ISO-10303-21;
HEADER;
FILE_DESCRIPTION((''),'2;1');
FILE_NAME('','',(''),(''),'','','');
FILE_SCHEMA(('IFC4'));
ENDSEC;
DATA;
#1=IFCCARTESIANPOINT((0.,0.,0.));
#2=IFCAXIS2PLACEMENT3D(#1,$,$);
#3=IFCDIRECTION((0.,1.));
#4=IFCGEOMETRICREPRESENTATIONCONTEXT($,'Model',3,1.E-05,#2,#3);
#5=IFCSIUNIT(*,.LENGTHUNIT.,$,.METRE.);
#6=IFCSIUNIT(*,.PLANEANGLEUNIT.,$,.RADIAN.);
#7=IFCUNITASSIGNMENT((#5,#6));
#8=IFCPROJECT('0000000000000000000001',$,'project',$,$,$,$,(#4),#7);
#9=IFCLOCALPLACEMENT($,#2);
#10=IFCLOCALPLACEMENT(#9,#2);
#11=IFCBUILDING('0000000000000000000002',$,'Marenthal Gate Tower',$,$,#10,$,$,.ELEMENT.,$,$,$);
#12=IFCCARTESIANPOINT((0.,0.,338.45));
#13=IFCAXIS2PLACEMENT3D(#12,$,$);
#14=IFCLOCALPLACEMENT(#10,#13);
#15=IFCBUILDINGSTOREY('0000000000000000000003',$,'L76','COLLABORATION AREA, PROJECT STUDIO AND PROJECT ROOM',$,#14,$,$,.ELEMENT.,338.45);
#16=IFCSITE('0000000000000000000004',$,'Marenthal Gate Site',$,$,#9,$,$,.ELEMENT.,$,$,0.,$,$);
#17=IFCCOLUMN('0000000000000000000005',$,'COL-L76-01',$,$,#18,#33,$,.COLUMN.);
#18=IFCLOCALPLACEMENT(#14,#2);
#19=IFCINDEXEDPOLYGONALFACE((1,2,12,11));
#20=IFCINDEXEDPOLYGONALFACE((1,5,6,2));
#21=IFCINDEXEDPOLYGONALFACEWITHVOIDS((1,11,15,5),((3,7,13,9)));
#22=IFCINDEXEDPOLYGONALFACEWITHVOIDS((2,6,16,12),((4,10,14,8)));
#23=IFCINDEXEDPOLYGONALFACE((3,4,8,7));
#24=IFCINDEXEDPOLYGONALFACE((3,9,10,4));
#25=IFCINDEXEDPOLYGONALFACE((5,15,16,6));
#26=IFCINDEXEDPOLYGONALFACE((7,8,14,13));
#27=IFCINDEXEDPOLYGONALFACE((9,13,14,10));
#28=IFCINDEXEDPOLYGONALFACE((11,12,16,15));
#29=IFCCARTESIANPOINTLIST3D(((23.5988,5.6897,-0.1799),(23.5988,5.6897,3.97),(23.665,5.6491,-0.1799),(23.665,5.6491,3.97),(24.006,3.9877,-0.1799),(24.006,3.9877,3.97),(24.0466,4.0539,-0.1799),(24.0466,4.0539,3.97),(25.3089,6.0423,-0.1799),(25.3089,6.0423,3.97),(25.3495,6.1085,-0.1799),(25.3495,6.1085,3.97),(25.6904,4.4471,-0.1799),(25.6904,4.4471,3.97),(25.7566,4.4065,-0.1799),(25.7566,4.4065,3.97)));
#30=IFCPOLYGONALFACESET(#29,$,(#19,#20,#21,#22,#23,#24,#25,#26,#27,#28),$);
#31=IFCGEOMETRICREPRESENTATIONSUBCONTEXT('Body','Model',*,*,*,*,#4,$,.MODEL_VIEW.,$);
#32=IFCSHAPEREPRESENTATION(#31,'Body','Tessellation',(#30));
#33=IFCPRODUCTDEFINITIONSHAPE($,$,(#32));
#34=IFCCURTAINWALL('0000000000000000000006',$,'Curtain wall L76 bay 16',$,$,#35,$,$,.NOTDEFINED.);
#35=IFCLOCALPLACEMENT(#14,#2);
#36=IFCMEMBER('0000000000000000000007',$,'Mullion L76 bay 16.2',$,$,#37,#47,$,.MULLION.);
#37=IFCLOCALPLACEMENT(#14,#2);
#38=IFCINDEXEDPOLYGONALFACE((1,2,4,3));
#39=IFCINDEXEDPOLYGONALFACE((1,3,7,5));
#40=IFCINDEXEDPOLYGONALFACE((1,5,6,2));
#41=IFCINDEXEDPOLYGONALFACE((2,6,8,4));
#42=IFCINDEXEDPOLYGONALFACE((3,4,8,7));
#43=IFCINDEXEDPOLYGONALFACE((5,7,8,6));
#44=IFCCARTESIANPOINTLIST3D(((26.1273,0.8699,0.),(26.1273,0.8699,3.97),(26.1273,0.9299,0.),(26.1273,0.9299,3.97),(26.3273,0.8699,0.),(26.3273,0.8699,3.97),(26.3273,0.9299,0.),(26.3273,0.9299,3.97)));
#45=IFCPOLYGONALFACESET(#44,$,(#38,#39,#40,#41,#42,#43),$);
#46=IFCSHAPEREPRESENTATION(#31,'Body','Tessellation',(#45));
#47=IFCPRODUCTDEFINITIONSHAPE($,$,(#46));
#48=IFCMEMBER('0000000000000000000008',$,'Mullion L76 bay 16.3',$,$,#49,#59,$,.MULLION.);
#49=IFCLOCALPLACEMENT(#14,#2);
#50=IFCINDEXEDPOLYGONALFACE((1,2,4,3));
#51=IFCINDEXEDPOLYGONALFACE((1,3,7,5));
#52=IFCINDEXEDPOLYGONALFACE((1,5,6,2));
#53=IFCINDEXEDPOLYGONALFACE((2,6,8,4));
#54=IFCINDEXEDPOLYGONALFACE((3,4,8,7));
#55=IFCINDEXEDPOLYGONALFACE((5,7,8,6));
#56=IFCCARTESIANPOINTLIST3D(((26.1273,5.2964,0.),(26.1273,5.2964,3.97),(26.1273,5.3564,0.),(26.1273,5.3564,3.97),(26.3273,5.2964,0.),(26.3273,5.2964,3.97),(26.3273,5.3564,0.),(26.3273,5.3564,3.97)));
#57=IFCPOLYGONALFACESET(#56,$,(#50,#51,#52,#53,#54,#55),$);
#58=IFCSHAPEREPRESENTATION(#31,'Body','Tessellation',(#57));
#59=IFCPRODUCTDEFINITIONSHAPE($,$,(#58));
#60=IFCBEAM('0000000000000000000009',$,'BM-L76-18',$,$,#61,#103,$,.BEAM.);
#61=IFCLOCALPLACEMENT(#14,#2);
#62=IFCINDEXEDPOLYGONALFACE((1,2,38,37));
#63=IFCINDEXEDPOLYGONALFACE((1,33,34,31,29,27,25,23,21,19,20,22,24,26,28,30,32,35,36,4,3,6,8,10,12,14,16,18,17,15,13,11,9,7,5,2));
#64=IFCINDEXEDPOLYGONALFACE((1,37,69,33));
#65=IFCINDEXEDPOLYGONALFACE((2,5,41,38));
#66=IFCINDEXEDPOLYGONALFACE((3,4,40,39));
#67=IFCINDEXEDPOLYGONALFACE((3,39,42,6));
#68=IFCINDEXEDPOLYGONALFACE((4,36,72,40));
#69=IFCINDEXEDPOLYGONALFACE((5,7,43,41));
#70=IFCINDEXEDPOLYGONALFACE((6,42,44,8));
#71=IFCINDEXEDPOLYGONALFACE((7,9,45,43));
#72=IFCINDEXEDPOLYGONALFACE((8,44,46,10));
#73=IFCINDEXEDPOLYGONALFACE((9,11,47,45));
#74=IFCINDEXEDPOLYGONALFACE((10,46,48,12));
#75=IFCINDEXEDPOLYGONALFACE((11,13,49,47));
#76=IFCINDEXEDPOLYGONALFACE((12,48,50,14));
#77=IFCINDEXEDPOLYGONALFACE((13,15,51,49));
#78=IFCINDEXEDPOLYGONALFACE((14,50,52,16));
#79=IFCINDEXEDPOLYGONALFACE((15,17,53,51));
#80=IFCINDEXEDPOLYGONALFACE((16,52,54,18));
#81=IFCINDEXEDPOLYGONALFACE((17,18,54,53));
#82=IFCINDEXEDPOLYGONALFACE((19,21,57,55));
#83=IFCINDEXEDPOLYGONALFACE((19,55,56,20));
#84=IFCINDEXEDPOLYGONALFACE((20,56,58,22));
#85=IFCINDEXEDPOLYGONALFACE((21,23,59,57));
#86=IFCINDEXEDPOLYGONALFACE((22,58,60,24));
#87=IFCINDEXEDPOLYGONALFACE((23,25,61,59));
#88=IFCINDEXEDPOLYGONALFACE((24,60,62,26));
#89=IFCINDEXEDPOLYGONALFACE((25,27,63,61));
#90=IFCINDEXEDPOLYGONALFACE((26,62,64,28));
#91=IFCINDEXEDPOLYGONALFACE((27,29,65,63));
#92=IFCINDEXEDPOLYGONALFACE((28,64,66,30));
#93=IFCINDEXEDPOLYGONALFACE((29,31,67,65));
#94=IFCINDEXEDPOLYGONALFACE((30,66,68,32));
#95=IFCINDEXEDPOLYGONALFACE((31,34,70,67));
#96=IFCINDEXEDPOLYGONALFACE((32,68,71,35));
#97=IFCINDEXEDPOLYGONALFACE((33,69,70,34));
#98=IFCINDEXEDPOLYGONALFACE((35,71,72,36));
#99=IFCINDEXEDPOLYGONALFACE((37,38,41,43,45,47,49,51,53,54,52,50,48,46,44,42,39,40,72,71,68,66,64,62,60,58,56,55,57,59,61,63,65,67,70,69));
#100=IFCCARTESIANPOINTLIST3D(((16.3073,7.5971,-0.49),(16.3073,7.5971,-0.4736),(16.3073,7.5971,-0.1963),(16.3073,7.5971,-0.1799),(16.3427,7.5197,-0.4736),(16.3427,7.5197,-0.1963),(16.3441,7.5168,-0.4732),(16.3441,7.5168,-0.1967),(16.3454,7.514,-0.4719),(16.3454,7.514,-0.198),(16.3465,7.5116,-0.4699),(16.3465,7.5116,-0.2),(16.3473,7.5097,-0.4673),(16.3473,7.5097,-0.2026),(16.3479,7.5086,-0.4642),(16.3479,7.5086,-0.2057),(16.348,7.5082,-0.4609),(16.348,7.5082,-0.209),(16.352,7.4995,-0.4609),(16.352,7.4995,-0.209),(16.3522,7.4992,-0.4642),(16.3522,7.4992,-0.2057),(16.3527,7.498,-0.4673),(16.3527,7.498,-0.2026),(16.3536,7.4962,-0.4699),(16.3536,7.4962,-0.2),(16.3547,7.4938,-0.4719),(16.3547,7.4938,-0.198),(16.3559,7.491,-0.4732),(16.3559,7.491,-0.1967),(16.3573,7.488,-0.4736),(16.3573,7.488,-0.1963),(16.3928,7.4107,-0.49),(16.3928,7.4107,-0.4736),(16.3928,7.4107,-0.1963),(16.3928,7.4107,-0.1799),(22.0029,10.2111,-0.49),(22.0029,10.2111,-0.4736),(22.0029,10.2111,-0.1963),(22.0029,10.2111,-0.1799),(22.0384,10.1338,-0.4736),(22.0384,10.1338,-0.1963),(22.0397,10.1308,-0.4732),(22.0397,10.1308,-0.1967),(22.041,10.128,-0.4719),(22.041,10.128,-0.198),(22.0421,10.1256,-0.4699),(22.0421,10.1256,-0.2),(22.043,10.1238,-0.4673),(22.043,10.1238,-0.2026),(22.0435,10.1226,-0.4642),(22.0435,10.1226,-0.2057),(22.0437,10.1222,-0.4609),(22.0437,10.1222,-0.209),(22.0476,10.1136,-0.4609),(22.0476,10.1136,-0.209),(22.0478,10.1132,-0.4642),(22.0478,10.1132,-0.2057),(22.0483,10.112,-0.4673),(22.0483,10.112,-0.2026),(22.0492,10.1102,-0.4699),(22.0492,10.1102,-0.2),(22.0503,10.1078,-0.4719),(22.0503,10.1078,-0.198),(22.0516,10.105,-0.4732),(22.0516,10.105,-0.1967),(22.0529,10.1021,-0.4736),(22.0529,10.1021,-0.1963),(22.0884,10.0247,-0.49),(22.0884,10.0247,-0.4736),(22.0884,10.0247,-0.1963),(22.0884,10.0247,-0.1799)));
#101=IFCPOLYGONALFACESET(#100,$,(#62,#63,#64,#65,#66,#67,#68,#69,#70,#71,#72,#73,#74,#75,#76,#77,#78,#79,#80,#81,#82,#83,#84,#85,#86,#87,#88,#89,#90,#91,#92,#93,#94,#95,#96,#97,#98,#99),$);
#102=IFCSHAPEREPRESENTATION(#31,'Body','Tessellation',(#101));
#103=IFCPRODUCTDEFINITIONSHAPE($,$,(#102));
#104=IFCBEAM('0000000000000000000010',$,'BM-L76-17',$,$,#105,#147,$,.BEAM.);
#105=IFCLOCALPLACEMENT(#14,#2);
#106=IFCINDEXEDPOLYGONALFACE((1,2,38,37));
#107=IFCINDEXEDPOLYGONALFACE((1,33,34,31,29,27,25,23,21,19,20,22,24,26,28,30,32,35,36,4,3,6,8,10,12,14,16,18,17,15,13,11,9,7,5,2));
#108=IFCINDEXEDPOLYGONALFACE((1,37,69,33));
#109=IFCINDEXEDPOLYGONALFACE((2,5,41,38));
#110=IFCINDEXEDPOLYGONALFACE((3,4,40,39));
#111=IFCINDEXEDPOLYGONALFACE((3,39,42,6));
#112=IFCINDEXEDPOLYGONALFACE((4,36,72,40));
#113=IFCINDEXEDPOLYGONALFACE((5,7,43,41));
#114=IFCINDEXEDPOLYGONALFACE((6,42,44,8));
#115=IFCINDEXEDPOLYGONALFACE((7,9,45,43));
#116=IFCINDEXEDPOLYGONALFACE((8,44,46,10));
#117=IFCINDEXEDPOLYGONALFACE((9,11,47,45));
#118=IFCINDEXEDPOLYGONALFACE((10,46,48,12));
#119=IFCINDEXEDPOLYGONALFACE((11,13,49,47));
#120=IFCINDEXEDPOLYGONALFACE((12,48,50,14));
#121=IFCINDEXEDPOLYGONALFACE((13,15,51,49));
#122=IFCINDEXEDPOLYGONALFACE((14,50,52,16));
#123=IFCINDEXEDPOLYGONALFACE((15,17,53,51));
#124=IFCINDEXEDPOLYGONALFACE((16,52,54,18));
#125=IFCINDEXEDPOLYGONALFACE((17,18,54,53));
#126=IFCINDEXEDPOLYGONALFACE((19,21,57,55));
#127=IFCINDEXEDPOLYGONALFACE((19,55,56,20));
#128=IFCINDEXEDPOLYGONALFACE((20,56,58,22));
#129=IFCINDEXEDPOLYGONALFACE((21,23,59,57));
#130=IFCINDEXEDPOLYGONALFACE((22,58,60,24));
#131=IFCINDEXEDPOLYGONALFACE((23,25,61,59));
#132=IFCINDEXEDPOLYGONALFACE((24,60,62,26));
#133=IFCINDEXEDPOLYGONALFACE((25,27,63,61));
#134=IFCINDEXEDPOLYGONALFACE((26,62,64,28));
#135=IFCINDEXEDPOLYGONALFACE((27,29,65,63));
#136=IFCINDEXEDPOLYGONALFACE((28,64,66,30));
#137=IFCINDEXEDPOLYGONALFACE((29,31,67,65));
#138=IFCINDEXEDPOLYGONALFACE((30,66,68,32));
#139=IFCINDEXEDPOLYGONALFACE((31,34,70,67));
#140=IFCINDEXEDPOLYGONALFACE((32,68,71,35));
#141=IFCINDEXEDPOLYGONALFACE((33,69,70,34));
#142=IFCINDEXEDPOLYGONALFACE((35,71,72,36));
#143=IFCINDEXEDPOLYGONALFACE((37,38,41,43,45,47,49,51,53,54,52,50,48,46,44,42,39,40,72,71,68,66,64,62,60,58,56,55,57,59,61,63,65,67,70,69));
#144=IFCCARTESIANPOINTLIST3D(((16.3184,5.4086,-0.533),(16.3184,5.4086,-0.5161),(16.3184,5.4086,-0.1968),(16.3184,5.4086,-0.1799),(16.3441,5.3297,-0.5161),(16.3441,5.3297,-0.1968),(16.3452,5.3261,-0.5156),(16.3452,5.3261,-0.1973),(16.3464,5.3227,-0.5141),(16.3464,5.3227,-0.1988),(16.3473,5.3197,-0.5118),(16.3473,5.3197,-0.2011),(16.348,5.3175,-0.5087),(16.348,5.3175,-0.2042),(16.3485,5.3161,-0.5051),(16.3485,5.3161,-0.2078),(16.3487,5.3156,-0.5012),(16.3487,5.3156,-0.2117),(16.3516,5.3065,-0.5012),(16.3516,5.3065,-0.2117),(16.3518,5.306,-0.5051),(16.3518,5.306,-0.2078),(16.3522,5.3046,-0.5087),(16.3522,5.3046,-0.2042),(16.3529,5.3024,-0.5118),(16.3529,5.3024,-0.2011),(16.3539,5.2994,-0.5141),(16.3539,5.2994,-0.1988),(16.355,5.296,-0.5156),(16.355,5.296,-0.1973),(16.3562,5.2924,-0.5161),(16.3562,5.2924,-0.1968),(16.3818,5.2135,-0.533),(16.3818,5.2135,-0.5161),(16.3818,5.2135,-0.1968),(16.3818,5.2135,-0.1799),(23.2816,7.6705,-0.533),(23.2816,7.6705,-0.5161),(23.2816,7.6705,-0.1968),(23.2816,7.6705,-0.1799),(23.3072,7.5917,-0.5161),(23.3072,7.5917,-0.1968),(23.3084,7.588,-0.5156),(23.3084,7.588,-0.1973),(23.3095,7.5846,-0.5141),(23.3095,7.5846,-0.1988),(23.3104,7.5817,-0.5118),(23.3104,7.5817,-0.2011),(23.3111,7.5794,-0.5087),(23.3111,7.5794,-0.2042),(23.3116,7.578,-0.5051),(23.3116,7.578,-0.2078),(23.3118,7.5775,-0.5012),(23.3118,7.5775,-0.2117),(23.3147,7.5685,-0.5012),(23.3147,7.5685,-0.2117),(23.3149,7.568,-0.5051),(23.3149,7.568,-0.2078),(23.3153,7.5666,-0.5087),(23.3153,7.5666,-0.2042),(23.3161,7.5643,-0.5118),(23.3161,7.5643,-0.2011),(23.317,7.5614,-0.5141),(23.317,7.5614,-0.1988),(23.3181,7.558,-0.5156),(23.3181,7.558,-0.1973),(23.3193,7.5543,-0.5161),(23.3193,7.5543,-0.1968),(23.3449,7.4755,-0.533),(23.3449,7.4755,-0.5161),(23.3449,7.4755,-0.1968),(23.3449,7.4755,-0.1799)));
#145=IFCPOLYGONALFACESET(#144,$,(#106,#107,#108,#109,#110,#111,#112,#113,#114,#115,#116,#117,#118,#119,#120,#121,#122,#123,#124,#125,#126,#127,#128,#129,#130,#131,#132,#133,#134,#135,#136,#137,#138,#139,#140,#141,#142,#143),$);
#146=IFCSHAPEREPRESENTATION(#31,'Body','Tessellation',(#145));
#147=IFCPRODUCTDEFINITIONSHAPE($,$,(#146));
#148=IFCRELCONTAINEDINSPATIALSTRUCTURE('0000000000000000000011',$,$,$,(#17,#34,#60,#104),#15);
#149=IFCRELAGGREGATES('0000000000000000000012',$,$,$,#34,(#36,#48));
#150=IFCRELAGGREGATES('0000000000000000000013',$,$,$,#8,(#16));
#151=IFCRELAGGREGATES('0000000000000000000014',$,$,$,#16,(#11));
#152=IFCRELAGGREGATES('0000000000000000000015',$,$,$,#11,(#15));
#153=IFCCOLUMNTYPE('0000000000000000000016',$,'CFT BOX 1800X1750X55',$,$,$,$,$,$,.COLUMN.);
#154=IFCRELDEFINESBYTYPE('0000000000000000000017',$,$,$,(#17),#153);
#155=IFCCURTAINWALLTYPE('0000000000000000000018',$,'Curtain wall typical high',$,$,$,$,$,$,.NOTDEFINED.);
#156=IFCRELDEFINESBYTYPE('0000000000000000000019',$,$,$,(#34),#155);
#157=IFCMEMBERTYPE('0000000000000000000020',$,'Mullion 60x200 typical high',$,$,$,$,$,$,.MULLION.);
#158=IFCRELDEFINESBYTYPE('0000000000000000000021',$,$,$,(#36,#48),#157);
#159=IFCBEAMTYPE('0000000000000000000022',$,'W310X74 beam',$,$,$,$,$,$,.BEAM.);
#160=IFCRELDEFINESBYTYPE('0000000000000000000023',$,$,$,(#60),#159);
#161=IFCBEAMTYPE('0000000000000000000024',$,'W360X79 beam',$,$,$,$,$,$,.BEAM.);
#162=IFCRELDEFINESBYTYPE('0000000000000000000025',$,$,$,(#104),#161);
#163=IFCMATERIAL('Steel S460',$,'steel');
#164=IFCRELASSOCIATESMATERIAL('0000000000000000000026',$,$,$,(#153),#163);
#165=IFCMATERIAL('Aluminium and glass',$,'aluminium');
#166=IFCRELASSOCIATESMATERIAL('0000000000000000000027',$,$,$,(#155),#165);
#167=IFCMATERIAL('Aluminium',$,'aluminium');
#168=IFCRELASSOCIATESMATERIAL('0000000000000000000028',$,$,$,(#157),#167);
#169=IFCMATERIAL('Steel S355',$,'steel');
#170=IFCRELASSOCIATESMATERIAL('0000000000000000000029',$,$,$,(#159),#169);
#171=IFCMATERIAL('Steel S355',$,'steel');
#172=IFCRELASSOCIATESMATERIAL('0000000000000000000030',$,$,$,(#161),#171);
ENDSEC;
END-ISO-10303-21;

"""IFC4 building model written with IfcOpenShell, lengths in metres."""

from ifc_helpers import new_model, si_unit, direction, frame, origin, origin_2d, place, context, subcontext, project, spatial, rectangle, hollow_rectangle, i_section, extrude, material, material_profile, profile_set, type_object, element, aggregate, save


model = new_model("IFC4")

# Units and contexts
model_context = context("Model", 3, precision=1e-05, world=origin(), true_north=direction((0.0, 1.0)))
body_context = subcontext(model_context, "Body", "Model", "MODEL_VIEW")
ifc_project = project(units=[si_unit("LENGTHUNIT", "METRE"), si_unit("PLANEANGLEUNIT", "RADIAN")], contexts=[model_context])

# Site, building, storey
site_placement = place(None, origin())
site = spatial("IfcSite", under=ifc_project, at=site_placement, Name="Marenthal Gate Site", CompositionType="ELEMENT", RefElevation=0.0)
building_placement = place(site_placement, origin())
building = spatial("IfcBuilding", under=site, at=building_placement, Name="Marenthal Gate Tower", CompositionType="ELEMENT")
storey_placement = place(building_placement, frame((0.0, 0.0, 338.45)))
storey = spatial("IfcBuildingStorey", under=building, at=storey_placement, Name="L76", Description="COLLABORATION AREA, PROJECT STUDIO AND PROJECT ROOM", CompositionType="ELEMENT", Elevation=338.45)

# Column
ifc_material_1 = material(Name="Steel S460", Category="steel")
ifc_material_profile_1 = material_profile(ifc_material_1, hollow_rectangle(XDim=1.75, YDim=1.8, WallThickness=0.0549, at=origin_2d()), Name="CFT BOX 1800X1750X55")
ifc_material_2 = material(Name="Concrete 70 MPa", Category="concrete")
ifc_material_profile_2 = material_profile(ifc_material_2, rectangle(XDim=1.6399, YDim=1.6899, at=origin_2d()), Name="CFT BOX 1800X1750X55 INFILL")
ifc_profile_set_1 = profile_set([ifc_material_profile_1, ifc_material_profile_2], Name="Steel S460 shell, Concrete 70 MPa infill")
column_type = type_object("IfcColumnType", Name="CFT BOX 1800X1750X55", PredefinedType="COLUMN", material=ifc_profile_set_1)
column_placement = place(storey_placement, frame((24.6777, 5.0481, -0.1799), z_axis=(0.0, 0.0, 1.0), x_axis=(0.232643, -0.972562, 0.0)))
element("IfcColumn", 1, at=column_placement, inside=storey, type_object=column_type, Name="COL-L76-01", PredefinedType="COLUMN", context=body_context, shape_type="SweptSolid", body=[
    extrude(hollow_rectangle(XDim=1.75, YDim=1.8, WallThickness=0.0549, at=origin_2d()), origin(), (0.0, 0.0, 1.0), 4.1499),
])

# Curtain wall, members
ifc_material_3 = material(Name="Aluminium and glass", Category="aluminium")
curtain_wall_type = type_object("IfcCurtainWallType", Name="Curtain wall typical high", PredefinedType="NOTDEFINED", material=ifc_material_3)
curtain_wall_placement = place(storey_placement, origin())
curtain_wall = element("IfcCurtainWall", 2, at=curtain_wall_placement, inside=storey, type_object=curtain_wall_type, Name="Curtain wall L76 bay 16", PredefinedType="NOTDEFINED")
ifc_material_4 = material(Name="Aluminium", Category="aluminium")
ifc_material_profile_3 = material_profile(ifc_material_4, rectangle(XDim=0.2, YDim=0.0601, at=origin_2d()), Name="60x200 aluminium mullion")
ifc_profile_set_2 = profile_set([ifc_material_profile_3], Name="Aluminium")
member_type = type_object("IfcMemberType", Name="Mullion 60x200 typical high", PredefinedType="MULLION", material=ifc_profile_set_2)
member_1_placement = place(storey_placement, frame((26.2273, 0.8999, 0.0), z_axis=(0.0, 0.0, 1.0), x_axis=(-1.0, 0.0, 0.0)))
member_1 = element("IfcMember", 3, at=member_1_placement, type_object=member_type, Name="Mullion L76 bay 16.2", PredefinedType="MULLION", context=body_context, shape_type="SweptSolid", body=[
    extrude(rectangle(XDim=0.2, YDim=0.0601, at=origin_2d()), origin(), (0.0, 0.0, 1.0), 3.97),
])
member_2_placement = place(storey_placement, frame((26.2273, 5.3264, 0.0), z_axis=(0.0, 0.0, 1.0), x_axis=(-1.0, 0.0, 0.0)))
member_2 = element("IfcMember", 4, at=member_2_placement, type_object=member_type, Name="Mullion L76 bay 16.3", PredefinedType="MULLION", context=body_context, shape_type="SweptSolid", body=[
    extrude(rectangle(XDim=0.2, YDim=0.0601, at=origin_2d()), origin(), (0.0, 0.0, 1.0), 3.97),
])

# Beams
ifc_material_5 = material(Name="Steel S355", Category="steel")
ifc_material_profile_4 = material_profile(ifc_material_5, i_section(OverallWidth=0.2051, OverallDepth=0.3101, WebThickness=0.0095, FlangeThickness=0.0164, FilletRadius=0.0127, at=origin_2d()), Name="W310X74")
ifc_profile_set_3 = profile_set([ifc_material_profile_4], Name="Steel S355")
beam_type_1 = type_object("IfcBeamType", Name="W310X74 beam", PredefinedType="BEAM", material=ifc_profile_set_3)
beam_1_placement = place(storey_placement, frame((22.0457, 10.1179, -0.335), z_axis=(-0.90885, -0.417123, 0.0), x_axis=(0.417123, -0.90885, 0.0)))
element("IfcBeam", 5, at=beam_1_placement, inside=storey, type_object=beam_type_1, Name="BM-L76-18", PredefinedType="BEAM", context=body_context, shape_type="SweptSolid", body=[
    extrude(i_section(OverallWidth=0.2051, OverallDepth=0.3101, WebThickness=0.0095, FlangeThickness=0.0164, FilletRadius=0.0127, at=origin_2d()), origin(), (0.0, 0.0, 1.0), 6.2668),
])
ifc_material_6 = material(Name="Steel S355", Category="steel")
ifc_material_profile_5 = material_profile(ifc_material_6, i_section(OverallWidth=0.2051, OverallDepth=0.353, WebThickness=0.0095, FlangeThickness=0.0168, FilletRadius=0.0149, at=origin_2d()), Name="W360X79")
ifc_profile_set_4 = profile_set([ifc_material_profile_5], Name="Steel S355")
beam_type_2 = type_object("IfcBeamType", Name="W360X79 beam", PredefinedType="BEAM", material=ifc_profile_set_4)
beam_2_placement = place(storey_placement, frame((23.3132, 7.573, -0.3564), z_axis=(-0.951076, -0.308956, 0.0), x_axis=(0.308956, -0.951076, 0.0)))
element("IfcBeam", 6, at=beam_2_placement, inside=storey, type_object=beam_type_2, Name="BM-L76-17", PredefinedType="BEAM", context=body_context, shape_type="SweptSolid", body=[
    extrude(i_section(OverallWidth=0.2051, OverallDepth=0.353, WebThickness=0.0095, FlangeThickness=0.0168, FilletRadius=0.0149, at=origin_2d()), origin(), (0.0, 0.0, 1.0), 7.3213),
])

aggregate(curtain_wall, [member_1, member_2])

save(model, "model.ifc")
